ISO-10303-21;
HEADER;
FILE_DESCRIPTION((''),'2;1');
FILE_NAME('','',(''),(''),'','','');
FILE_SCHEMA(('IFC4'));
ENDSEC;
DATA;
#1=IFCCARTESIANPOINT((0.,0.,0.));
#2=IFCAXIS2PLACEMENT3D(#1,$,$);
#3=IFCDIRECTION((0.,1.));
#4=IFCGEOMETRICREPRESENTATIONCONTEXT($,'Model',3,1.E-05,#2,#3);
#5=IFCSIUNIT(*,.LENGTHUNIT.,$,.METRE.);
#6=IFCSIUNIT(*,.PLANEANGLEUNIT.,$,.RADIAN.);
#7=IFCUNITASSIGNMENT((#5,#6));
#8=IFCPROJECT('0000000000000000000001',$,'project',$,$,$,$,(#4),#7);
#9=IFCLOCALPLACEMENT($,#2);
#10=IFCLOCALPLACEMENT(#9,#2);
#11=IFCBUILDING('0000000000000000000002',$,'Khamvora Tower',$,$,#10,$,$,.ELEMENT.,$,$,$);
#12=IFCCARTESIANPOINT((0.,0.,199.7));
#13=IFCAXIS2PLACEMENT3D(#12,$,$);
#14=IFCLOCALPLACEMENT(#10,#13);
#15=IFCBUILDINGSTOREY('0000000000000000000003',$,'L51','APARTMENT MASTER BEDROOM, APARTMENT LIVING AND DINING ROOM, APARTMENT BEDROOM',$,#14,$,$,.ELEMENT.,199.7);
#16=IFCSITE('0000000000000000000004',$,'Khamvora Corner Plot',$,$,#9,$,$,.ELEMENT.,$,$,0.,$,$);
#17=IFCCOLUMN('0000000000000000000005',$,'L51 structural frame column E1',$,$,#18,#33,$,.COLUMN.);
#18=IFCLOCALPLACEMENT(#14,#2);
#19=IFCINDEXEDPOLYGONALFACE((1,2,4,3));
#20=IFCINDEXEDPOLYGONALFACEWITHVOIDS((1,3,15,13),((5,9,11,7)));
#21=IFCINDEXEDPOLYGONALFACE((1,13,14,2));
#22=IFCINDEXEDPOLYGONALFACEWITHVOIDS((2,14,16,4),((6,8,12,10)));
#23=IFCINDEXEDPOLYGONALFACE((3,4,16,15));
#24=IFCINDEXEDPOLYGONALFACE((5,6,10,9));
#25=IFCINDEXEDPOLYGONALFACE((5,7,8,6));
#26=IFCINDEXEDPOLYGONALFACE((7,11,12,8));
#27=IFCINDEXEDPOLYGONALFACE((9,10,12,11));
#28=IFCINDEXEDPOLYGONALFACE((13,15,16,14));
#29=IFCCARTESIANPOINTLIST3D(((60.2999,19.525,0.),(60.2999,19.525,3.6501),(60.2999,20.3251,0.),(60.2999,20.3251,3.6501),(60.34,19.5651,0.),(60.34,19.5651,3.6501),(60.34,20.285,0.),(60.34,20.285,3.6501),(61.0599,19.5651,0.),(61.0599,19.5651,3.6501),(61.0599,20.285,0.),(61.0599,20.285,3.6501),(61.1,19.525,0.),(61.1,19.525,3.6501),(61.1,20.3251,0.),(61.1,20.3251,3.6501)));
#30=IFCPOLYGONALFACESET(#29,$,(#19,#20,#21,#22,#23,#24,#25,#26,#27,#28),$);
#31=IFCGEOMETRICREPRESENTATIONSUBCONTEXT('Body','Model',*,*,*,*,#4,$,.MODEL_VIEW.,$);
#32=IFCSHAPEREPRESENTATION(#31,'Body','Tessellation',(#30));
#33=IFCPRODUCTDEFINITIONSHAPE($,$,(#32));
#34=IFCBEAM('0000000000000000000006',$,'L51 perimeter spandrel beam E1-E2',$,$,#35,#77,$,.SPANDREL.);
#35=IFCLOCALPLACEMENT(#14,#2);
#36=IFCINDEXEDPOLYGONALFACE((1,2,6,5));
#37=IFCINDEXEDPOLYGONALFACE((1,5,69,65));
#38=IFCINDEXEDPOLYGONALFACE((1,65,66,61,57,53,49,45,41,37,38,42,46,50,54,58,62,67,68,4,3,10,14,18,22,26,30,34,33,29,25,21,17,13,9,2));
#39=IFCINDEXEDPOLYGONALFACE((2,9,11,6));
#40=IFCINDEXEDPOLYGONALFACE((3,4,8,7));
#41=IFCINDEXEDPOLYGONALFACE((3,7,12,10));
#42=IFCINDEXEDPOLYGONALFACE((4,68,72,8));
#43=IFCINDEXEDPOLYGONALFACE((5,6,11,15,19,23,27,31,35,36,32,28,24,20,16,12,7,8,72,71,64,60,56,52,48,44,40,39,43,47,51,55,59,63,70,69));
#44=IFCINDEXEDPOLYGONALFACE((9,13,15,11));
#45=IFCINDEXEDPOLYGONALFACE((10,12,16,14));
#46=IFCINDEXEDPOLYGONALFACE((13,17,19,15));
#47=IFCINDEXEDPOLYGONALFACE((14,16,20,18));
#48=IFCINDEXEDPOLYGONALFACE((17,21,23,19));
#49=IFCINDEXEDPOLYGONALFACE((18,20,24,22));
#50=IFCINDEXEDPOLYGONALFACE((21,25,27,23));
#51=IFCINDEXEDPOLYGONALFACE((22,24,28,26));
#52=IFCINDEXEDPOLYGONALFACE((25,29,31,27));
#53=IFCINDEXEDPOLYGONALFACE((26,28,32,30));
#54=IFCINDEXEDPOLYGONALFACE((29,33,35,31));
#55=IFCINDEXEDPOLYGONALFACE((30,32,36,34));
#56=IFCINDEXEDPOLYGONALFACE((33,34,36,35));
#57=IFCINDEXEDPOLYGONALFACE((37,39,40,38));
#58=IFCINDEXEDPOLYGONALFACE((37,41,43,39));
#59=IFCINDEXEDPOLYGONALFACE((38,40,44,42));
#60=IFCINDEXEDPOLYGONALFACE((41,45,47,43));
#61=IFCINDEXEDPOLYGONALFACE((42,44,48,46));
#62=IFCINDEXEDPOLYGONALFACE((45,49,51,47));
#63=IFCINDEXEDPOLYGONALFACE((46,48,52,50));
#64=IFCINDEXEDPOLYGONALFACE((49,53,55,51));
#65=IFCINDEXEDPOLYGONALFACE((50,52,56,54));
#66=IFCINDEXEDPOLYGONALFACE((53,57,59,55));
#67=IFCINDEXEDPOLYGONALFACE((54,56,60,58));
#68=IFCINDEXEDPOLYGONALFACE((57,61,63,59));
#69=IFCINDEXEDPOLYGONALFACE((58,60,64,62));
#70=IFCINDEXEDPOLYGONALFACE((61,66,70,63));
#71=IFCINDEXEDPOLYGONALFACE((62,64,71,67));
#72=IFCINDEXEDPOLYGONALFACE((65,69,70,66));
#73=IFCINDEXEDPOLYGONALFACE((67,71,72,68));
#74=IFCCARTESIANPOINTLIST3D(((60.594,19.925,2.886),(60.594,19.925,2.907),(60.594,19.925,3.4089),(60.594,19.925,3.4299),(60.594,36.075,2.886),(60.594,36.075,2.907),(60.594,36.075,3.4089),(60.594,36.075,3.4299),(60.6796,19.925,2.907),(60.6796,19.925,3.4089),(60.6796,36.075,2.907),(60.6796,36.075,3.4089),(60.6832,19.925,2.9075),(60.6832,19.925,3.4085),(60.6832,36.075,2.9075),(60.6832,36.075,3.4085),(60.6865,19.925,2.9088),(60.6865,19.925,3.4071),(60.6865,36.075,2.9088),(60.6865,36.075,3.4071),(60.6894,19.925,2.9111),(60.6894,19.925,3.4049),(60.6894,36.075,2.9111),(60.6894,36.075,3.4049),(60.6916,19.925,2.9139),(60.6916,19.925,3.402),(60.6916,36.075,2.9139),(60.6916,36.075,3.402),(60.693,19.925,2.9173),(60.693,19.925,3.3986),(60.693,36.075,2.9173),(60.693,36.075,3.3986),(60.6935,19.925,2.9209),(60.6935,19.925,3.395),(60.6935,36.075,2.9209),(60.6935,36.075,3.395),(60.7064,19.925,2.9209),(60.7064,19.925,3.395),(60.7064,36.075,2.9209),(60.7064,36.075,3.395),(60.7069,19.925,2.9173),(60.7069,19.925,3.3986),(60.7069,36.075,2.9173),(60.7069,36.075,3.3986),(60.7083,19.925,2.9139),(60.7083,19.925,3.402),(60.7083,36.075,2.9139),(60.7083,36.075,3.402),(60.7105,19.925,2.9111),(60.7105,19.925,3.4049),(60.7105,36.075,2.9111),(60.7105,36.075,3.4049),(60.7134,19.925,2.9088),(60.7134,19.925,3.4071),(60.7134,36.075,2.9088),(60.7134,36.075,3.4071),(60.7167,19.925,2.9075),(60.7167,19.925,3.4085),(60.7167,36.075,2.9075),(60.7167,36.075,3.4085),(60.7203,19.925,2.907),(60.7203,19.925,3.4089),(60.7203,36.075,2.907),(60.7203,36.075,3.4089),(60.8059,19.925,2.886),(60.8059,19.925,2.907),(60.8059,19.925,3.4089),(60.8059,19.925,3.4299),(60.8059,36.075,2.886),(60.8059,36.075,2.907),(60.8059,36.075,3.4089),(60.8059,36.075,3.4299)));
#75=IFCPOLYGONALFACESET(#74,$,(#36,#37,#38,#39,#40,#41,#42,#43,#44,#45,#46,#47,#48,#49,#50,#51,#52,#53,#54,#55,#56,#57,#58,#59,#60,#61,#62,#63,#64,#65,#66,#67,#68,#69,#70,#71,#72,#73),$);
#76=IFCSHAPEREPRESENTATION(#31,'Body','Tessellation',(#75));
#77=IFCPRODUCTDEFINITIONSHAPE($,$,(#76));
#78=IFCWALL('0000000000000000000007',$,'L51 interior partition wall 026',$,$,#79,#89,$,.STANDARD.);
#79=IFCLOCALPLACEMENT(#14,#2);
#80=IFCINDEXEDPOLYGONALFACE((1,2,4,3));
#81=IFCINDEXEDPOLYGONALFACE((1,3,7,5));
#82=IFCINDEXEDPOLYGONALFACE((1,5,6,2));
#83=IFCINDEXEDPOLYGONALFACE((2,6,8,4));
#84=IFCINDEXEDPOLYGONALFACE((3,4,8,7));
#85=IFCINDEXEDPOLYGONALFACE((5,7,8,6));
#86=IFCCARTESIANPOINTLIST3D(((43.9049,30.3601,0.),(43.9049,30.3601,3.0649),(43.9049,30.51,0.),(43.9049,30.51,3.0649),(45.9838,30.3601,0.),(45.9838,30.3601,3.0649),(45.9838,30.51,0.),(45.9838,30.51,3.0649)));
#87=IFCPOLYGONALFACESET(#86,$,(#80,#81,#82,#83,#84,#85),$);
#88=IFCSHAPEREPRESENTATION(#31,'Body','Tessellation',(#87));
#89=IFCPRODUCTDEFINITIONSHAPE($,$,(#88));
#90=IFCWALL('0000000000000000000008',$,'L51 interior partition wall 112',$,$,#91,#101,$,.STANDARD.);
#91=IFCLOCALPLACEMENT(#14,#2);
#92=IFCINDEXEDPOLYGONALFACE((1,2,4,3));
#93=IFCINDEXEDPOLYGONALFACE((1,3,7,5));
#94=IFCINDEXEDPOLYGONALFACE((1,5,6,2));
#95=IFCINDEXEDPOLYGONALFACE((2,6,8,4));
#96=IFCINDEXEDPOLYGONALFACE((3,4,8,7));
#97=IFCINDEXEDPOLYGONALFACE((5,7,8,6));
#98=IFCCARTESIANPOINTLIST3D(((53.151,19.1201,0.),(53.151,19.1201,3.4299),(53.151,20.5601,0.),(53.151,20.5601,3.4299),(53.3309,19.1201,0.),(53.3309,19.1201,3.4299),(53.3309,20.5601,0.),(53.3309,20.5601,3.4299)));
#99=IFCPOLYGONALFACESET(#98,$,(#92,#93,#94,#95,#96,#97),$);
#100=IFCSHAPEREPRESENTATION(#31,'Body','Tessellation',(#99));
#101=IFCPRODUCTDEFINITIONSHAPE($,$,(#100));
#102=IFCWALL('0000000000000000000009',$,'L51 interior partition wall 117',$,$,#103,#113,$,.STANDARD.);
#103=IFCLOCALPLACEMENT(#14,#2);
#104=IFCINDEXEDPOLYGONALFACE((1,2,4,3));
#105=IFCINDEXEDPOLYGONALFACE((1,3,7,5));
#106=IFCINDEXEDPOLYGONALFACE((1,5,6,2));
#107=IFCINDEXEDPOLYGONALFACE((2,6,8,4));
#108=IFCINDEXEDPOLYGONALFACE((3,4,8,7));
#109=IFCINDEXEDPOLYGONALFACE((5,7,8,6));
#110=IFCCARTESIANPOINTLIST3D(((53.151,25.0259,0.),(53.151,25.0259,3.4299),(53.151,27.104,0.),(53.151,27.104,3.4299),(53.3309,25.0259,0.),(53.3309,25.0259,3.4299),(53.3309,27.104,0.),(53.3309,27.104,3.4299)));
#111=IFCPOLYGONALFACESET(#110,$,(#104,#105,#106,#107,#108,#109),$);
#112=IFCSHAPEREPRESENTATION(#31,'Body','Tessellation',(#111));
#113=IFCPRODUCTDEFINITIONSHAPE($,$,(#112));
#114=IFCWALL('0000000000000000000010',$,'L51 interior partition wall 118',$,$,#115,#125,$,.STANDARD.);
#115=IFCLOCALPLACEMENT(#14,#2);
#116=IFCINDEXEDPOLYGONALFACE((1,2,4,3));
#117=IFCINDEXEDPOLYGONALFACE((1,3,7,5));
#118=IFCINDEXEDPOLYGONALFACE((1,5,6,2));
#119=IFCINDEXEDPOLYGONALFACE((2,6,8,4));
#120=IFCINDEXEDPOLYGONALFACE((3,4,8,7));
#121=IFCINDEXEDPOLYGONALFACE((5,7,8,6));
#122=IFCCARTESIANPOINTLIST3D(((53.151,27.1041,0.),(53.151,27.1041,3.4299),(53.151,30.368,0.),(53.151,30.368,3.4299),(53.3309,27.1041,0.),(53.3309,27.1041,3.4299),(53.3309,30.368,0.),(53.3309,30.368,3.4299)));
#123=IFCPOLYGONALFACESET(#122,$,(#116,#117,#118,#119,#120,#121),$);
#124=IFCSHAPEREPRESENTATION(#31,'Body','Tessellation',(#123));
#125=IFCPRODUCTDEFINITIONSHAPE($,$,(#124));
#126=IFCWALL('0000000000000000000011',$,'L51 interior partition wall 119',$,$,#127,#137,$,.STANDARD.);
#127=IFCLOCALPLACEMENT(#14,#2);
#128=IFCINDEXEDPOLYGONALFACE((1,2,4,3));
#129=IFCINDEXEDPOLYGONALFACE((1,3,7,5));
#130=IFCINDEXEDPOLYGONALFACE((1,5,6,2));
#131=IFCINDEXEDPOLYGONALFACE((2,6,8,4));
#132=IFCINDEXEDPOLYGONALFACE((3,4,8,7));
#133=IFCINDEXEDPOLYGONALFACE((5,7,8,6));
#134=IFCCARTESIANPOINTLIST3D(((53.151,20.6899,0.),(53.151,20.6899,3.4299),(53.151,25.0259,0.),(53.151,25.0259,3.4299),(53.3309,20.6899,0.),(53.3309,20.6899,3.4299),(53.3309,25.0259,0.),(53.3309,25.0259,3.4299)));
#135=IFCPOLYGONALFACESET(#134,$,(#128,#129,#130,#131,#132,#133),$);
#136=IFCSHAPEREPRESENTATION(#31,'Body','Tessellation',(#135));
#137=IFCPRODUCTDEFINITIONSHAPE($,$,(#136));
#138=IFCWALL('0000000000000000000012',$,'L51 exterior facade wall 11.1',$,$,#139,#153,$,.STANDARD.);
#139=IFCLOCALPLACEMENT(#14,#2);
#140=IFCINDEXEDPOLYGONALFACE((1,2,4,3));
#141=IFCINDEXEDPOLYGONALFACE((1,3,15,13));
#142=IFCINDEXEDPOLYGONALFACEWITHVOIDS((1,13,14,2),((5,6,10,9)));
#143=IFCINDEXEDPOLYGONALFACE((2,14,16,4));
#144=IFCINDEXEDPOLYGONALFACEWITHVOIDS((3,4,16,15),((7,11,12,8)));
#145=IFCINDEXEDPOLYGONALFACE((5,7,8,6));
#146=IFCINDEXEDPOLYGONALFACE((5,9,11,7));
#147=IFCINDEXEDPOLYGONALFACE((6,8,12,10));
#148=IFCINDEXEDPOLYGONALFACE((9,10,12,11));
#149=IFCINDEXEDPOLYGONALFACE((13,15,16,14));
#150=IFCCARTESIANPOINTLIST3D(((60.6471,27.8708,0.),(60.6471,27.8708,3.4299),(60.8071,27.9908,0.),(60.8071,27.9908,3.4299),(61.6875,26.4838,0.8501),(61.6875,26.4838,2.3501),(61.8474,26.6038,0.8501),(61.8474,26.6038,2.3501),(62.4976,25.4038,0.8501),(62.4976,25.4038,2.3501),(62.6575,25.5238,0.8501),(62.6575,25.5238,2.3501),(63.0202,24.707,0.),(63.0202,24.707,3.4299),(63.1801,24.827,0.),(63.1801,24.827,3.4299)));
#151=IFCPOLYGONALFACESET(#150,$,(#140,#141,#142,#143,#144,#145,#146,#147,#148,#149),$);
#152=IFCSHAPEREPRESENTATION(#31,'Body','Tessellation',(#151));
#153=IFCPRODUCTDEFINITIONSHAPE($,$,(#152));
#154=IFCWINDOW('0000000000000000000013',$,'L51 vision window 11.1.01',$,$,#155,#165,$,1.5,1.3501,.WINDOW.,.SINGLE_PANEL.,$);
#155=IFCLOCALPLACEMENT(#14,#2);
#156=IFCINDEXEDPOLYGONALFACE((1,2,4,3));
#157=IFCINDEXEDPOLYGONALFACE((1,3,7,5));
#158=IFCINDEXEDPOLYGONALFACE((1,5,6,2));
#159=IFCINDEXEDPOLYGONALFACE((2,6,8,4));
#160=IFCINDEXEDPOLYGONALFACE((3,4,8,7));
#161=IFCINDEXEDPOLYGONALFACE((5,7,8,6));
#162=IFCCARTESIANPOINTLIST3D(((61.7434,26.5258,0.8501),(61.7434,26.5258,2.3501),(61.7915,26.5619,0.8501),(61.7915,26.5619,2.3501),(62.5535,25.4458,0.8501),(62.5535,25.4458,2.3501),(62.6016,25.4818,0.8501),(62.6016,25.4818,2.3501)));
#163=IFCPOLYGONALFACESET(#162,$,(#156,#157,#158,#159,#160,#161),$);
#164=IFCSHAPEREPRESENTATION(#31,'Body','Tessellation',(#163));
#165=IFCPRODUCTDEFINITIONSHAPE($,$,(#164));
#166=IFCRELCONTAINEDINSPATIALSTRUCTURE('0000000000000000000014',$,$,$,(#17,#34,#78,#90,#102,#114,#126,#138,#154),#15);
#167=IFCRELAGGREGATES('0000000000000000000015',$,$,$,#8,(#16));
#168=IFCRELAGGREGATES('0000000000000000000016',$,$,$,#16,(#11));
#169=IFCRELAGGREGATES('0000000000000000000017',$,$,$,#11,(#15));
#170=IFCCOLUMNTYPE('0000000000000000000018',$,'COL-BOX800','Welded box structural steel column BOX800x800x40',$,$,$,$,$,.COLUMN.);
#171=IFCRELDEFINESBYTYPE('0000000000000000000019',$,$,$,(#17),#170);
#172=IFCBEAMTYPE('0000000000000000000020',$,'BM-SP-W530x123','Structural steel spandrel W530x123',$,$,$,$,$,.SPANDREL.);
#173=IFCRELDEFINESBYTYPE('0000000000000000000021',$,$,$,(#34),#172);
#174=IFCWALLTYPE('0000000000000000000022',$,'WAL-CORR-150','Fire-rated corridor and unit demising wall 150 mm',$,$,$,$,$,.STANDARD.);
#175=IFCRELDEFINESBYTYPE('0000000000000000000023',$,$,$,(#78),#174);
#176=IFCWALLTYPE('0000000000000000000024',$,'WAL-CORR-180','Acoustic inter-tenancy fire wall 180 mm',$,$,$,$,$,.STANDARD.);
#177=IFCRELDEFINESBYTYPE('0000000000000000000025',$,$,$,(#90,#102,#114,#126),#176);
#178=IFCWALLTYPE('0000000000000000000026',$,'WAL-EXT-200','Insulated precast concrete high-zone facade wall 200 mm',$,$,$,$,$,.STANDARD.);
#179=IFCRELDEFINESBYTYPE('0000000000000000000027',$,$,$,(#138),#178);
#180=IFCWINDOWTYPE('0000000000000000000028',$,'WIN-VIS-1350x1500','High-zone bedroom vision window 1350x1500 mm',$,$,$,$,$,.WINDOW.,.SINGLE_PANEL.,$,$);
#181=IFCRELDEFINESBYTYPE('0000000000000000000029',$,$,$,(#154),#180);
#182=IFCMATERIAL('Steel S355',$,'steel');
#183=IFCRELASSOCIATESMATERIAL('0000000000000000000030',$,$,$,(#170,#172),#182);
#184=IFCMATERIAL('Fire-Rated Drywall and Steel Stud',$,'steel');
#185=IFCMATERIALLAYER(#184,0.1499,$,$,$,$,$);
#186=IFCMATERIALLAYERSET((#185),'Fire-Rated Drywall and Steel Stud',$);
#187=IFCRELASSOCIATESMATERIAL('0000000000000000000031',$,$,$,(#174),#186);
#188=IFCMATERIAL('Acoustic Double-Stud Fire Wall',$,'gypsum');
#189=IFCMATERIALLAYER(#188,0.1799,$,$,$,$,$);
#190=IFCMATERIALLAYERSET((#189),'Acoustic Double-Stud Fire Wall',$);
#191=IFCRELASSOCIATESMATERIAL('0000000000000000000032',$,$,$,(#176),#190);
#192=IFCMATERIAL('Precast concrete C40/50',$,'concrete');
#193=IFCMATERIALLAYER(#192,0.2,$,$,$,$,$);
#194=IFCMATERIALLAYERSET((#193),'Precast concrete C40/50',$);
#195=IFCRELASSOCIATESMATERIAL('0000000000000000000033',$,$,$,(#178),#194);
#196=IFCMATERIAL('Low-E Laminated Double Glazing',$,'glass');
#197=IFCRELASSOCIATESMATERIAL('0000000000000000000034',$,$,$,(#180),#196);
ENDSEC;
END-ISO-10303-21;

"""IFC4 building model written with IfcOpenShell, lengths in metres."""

from ifc_helpers import new_model, si_unit, direction, frame, frame_2d, origin, origin_2d, place, context, subcontext, project, spatial, rectangle, hollow_rectangle, i_section, extrude, material, layer, layer_set, material_profile, profile_set, type_object, element, fill, save


model = new_model("IFC4")

# Units and contexts
model_context = context("Model", 3, precision=1e-05, world=origin(), true_north=direction((0.0, 1.0)))
body_context = subcontext(model_context, "Body", "Model", "MODEL_VIEW")
ifc_project = project(units=[si_unit("LENGTHUNIT", "METRE"), si_unit("PLANEANGLEUNIT", "RADIAN")], contexts=[model_context])

# Site, building, storey
site_placement = place(None, origin())
site = spatial("IfcSite", under=ifc_project, at=site_placement, Name="Khamvora Corner Plot", CompositionType="ELEMENT", RefElevation=0.0)
building_placement = place(site_placement, origin())
building = spatial("IfcBuilding", under=site, at=building_placement, Name="Khamvora Tower", CompositionType="ELEMENT")
storey_placement = place(building_placement, frame((0.0, 0.0, 199.7)))
storey = spatial("IfcBuildingStorey", under=building, at=storey_placement, Name="L51", Description="APARTMENT MASTER BEDROOM, APARTMENT LIVING AND DINING ROOM, APARTMENT BEDROOM", CompositionType="ELEMENT", Elevation=199.7)

# Column
ifc_material_1 = material(Name="Steel S355", Category="steel")
ifc_material_profile_1 = material_profile(ifc_material_1, hollow_rectangle(XDim=0.8, YDim=0.8, WallThickness=0.04, at=origin_2d()), Name="BOX800x800x40")
ifc_profile_set_1 = profile_set([ifc_material_profile_1], Name="Steel S355")
column_type = type_object("IfcColumnType", Name="COL-BOX800", Description="Welded box structural steel column BOX800x800x40", PredefinedType="COLUMN", material=ifc_profile_set_1)
column_placement = place(storey_placement, frame((60.7, 19.925, 0.0), z_axis=(0.0, 0.0, 1.0), x_axis=(1.0, 0.0, 0.0)))
element("IfcColumn", 1, at=column_placement, inside=storey, type_object=column_type, Name="L51 structural frame column E1", PredefinedType="COLUMN", context=body_context, shape_type="SweptSolid", body=[
    extrude(hollow_rectangle(XDim=0.8, YDim=0.8, WallThickness=0.04, at=origin_2d()), origin(), (0.0, 0.0, 1.0), 3.6501),
])

# Beam
ifc_material_profile_2 = material_profile(ifc_material_1, i_section(OverallWidth=0.2119, OverallDepth=0.5439, WebThickness=0.0129, FlangeThickness=0.021, FilletRadius=0.0139, at=origin_2d()), Name="W530x123")
ifc_profile_set_2 = profile_set([ifc_material_profile_2], Name="Steel S355")
beam_type = type_object("IfcBeamType", Name="BM-SP-W530x123", Description="Structural steel spandrel W530x123", PredefinedType="SPANDREL", material=ifc_profile_set_2)
beam_placement = place(storey_placement, frame((60.7, 19.925, 3.158), z_axis=(0.0, 1.0, 0.0), x_axis=(-1.0, 0.0, 0.0)))
element("IfcBeam", 2, at=beam_placement, inside=storey, type_object=beam_type, Name="L51 perimeter spandrel beam E1-E2", PredefinedType="SPANDREL", context=body_context, shape_type="SweptSolid", body=[
    extrude(i_section(OverallWidth=0.2119, OverallDepth=0.5439, WebThickness=0.0129, FlangeThickness=0.021, FilletRadius=0.0139, at=origin_2d()), origin(), (0.0, 0.0, 1.0), 16.1499),
])

# Walls
ifc_material_2 = material(Name="Fire-Rated Drywall and Steel Stud", Category="steel")
ifc_layer_1 = layer(ifc_material_2, 0.1499)
ifc_layer_set_1 = layer_set([ifc_layer_1], Name="Fire-Rated Drywall and Steel Stud")
wall_type_1 = type_object("IfcWallType", Name="WAL-CORR-150", Description="Fire-rated corridor and unit demising wall 150 mm", PredefinedType="STANDARD", material=ifc_layer_set_1)
wall_1_placement = place(storey_placement, frame((45.9839, 30.4351, 0.0), z_axis=(0.0, 0.0, 1.0), x_axis=(-1.0, 0.0, 0.0)))
element("IfcWall", 3, at=wall_1_placement, inside=storey, type_object=wall_type_1, Name="L51 interior partition wall 026", PredefinedType="STANDARD", context=body_context, shape_type="SweptSolid", body=[
    extrude(rectangle(XDim=2.0789, YDim=0.1499, at=frame_2d((1.0396, 0.0))), origin(), (0.0, 0.0, 1.0), 3.0649),
])
ifc_material_3 = material(Name="Acoustic Double-Stud Fire Wall", Category="gypsum")
ifc_layer_2 = layer(ifc_material_3, 0.1799)
ifc_layer_set_2 = layer_set([ifc_layer_2], Name="Acoustic Double-Stud Fire Wall")
wall_type_2 = type_object("IfcWallType", Name="WAL-CORR-180", Description="Acoustic inter-tenancy fire wall 180 mm", PredefinedType="STANDARD", material=ifc_layer_set_2)
wall_2_placement = place(storey_placement, frame((53.241, 20.5601, 0.0), z_axis=(0.0, 0.0, 1.0), x_axis=(0.0, -1.0, 0.0)))
element("IfcWall", 4, at=wall_2_placement, inside=storey, type_object=wall_type_2, Name="L51 interior partition wall 112", PredefinedType="STANDARD", context=body_context, shape_type="SweptSolid", body=[
    extrude(rectangle(XDim=1.4399, YDim=0.1799, at=frame_2d((0.72, 0.0))), origin(), (0.0, 0.0, 1.0), 3.4299),
])
wall_3_placement = place(storey_placement, frame((53.241, 27.104, 0.0), z_axis=(0.0, 0.0, 1.0), x_axis=(0.0, -1.0, 0.0)))
element("IfcWall", 5, at=wall_3_placement, inside=storey, type_object=wall_type_2, Name="L51 interior partition wall 117", PredefinedType="STANDARD", context=body_context, shape_type="SweptSolid", body=[
    extrude(rectangle(XDim=2.0781, YDim=0.1799, at=frame_2d((1.0391, 0.0))), origin(), (0.0, 0.0, 1.0), 3.4299),
])
wall_4_placement = place(storey_placement, frame((53.241, 30.3679, 0.0), z_axis=(0.0, 0.0, 1.0), x_axis=(0.0, -1.0, 0.0)))
element("IfcWall", 6, at=wall_4_placement, inside=storey, type_object=wall_type_2, Name="L51 interior partition wall 118", PredefinedType="STANDARD", context=body_context, shape_type="SweptSolid", body=[
    extrude(rectangle(XDim=3.2639, YDim=0.1799, at=frame_2d((1.6318, 0.0))), origin(), (0.0, 0.0, 1.0), 3.4299),
])
wall_5_placement = place(storey_placement, frame((53.241, 25.0259, 0.0), z_axis=(0.0, 0.0, 1.0), x_axis=(0.0, -1.0, 0.0)))
element("IfcWall", 7, at=wall_5_placement, inside=storey, type_object=wall_type_2, Name="L51 interior partition wall 119", PredefinedType="STANDARD", context=body_context, shape_type="SweptSolid", body=[
    extrude(rectangle(XDim=4.3359, YDim=0.1799, at=frame_2d((2.168, 0.0))), origin(), (0.0, 0.0, 1.0), 3.4299),
])

# Wall, opening, window
ifc_material_4 = material(Name="Precast concrete C40/50", Category="concrete")
ifc_layer_3 = layer(ifc_material_4, 0.2)
ifc_layer_set_3 = layer_set([ifc_layer_3], Name="Precast concrete C40/50")
wall_type_3 = type_object("IfcWallType", Name="WAL-EXT-200", Description="Insulated precast concrete high-zone facade wall 200 mm", PredefinedType="STANDARD", material=ifc_layer_set_3)
wall_6_placement = place(storey_placement, frame((60.7271, 27.9309, 0.0), z_axis=(0.0, 0.0, 1.0), x_axis=(0.60003, -0.799978, 0.0)))
wall_6 = element("IfcWall", 8, at=wall_6_placement, inside=storey, type_object=wall_type_3, Name="L51 exterior facade wall 11.1", PredefinedType="STANDARD", context=body_context, shape_type="SweptSolid", body=[
    extrude(rectangle(XDim=3.9548, YDim=0.2, at=frame_2d((1.9775, 0.0))), origin(), (0.0, 0.0, 1.0), 3.4299),
])
opening_1_placement = place(wall_6_placement, frame((1.7339, 0.0, 0.8501)))
opening_1 = element("IfcOpeningElement", 9, at=opening_1_placement, cuts=wall_6, PredefinedType="OPENING", context=body_context, shape_type="SweptSolid", body=[
    extrude(rectangle(XDim=1.3501, YDim=1.5, at=frame_2d((0.675, 0.75))), frame((0.0, 0.1099, 0.0), z_axis=(0.0, -1.0, 0.0), x_axis=(1.0, 0.0, 0.0)), (0.0, 0.0, 1.0), 0.22),
])
ifc_material_5 = material(Name="Low-E Laminated Double Glazing", Category="glass")
window_type_1 = type_object("IfcWindowType", Name="WIN-VIS-1350x1500", Description="High-zone bedroom vision window 1350x1500 mm", PartitioningType="SINGLE_PANEL", PredefinedType="WINDOW", material=ifc_material_5)
window_1_placement = place(opening_1_placement, origin())
window_1 = element("IfcWindow", 10, at=window_1_placement, inside=storey, type_object=window_type_1, Name="L51 vision window 11.1.01", OverallHeight=1.5, OverallWidth=1.3501, PartitioningType="SINGLE_PANEL", PredefinedType="WINDOW", context=body_context, shape_type="SweptSolid", body=[
    extrude(rectangle(XDim=1.3501, YDim=1.5, at=frame_2d((0.675, 0.75))), frame((0.0, 0.03, 0.0), z_axis=(0.0, -1.0, 0.0), x_axis=(1.0, 0.0, 0.0)), (0.0, 0.0, 1.0), 0.0601),
])
fill(opening_1, window_1)

save(model, "model.ifc")
